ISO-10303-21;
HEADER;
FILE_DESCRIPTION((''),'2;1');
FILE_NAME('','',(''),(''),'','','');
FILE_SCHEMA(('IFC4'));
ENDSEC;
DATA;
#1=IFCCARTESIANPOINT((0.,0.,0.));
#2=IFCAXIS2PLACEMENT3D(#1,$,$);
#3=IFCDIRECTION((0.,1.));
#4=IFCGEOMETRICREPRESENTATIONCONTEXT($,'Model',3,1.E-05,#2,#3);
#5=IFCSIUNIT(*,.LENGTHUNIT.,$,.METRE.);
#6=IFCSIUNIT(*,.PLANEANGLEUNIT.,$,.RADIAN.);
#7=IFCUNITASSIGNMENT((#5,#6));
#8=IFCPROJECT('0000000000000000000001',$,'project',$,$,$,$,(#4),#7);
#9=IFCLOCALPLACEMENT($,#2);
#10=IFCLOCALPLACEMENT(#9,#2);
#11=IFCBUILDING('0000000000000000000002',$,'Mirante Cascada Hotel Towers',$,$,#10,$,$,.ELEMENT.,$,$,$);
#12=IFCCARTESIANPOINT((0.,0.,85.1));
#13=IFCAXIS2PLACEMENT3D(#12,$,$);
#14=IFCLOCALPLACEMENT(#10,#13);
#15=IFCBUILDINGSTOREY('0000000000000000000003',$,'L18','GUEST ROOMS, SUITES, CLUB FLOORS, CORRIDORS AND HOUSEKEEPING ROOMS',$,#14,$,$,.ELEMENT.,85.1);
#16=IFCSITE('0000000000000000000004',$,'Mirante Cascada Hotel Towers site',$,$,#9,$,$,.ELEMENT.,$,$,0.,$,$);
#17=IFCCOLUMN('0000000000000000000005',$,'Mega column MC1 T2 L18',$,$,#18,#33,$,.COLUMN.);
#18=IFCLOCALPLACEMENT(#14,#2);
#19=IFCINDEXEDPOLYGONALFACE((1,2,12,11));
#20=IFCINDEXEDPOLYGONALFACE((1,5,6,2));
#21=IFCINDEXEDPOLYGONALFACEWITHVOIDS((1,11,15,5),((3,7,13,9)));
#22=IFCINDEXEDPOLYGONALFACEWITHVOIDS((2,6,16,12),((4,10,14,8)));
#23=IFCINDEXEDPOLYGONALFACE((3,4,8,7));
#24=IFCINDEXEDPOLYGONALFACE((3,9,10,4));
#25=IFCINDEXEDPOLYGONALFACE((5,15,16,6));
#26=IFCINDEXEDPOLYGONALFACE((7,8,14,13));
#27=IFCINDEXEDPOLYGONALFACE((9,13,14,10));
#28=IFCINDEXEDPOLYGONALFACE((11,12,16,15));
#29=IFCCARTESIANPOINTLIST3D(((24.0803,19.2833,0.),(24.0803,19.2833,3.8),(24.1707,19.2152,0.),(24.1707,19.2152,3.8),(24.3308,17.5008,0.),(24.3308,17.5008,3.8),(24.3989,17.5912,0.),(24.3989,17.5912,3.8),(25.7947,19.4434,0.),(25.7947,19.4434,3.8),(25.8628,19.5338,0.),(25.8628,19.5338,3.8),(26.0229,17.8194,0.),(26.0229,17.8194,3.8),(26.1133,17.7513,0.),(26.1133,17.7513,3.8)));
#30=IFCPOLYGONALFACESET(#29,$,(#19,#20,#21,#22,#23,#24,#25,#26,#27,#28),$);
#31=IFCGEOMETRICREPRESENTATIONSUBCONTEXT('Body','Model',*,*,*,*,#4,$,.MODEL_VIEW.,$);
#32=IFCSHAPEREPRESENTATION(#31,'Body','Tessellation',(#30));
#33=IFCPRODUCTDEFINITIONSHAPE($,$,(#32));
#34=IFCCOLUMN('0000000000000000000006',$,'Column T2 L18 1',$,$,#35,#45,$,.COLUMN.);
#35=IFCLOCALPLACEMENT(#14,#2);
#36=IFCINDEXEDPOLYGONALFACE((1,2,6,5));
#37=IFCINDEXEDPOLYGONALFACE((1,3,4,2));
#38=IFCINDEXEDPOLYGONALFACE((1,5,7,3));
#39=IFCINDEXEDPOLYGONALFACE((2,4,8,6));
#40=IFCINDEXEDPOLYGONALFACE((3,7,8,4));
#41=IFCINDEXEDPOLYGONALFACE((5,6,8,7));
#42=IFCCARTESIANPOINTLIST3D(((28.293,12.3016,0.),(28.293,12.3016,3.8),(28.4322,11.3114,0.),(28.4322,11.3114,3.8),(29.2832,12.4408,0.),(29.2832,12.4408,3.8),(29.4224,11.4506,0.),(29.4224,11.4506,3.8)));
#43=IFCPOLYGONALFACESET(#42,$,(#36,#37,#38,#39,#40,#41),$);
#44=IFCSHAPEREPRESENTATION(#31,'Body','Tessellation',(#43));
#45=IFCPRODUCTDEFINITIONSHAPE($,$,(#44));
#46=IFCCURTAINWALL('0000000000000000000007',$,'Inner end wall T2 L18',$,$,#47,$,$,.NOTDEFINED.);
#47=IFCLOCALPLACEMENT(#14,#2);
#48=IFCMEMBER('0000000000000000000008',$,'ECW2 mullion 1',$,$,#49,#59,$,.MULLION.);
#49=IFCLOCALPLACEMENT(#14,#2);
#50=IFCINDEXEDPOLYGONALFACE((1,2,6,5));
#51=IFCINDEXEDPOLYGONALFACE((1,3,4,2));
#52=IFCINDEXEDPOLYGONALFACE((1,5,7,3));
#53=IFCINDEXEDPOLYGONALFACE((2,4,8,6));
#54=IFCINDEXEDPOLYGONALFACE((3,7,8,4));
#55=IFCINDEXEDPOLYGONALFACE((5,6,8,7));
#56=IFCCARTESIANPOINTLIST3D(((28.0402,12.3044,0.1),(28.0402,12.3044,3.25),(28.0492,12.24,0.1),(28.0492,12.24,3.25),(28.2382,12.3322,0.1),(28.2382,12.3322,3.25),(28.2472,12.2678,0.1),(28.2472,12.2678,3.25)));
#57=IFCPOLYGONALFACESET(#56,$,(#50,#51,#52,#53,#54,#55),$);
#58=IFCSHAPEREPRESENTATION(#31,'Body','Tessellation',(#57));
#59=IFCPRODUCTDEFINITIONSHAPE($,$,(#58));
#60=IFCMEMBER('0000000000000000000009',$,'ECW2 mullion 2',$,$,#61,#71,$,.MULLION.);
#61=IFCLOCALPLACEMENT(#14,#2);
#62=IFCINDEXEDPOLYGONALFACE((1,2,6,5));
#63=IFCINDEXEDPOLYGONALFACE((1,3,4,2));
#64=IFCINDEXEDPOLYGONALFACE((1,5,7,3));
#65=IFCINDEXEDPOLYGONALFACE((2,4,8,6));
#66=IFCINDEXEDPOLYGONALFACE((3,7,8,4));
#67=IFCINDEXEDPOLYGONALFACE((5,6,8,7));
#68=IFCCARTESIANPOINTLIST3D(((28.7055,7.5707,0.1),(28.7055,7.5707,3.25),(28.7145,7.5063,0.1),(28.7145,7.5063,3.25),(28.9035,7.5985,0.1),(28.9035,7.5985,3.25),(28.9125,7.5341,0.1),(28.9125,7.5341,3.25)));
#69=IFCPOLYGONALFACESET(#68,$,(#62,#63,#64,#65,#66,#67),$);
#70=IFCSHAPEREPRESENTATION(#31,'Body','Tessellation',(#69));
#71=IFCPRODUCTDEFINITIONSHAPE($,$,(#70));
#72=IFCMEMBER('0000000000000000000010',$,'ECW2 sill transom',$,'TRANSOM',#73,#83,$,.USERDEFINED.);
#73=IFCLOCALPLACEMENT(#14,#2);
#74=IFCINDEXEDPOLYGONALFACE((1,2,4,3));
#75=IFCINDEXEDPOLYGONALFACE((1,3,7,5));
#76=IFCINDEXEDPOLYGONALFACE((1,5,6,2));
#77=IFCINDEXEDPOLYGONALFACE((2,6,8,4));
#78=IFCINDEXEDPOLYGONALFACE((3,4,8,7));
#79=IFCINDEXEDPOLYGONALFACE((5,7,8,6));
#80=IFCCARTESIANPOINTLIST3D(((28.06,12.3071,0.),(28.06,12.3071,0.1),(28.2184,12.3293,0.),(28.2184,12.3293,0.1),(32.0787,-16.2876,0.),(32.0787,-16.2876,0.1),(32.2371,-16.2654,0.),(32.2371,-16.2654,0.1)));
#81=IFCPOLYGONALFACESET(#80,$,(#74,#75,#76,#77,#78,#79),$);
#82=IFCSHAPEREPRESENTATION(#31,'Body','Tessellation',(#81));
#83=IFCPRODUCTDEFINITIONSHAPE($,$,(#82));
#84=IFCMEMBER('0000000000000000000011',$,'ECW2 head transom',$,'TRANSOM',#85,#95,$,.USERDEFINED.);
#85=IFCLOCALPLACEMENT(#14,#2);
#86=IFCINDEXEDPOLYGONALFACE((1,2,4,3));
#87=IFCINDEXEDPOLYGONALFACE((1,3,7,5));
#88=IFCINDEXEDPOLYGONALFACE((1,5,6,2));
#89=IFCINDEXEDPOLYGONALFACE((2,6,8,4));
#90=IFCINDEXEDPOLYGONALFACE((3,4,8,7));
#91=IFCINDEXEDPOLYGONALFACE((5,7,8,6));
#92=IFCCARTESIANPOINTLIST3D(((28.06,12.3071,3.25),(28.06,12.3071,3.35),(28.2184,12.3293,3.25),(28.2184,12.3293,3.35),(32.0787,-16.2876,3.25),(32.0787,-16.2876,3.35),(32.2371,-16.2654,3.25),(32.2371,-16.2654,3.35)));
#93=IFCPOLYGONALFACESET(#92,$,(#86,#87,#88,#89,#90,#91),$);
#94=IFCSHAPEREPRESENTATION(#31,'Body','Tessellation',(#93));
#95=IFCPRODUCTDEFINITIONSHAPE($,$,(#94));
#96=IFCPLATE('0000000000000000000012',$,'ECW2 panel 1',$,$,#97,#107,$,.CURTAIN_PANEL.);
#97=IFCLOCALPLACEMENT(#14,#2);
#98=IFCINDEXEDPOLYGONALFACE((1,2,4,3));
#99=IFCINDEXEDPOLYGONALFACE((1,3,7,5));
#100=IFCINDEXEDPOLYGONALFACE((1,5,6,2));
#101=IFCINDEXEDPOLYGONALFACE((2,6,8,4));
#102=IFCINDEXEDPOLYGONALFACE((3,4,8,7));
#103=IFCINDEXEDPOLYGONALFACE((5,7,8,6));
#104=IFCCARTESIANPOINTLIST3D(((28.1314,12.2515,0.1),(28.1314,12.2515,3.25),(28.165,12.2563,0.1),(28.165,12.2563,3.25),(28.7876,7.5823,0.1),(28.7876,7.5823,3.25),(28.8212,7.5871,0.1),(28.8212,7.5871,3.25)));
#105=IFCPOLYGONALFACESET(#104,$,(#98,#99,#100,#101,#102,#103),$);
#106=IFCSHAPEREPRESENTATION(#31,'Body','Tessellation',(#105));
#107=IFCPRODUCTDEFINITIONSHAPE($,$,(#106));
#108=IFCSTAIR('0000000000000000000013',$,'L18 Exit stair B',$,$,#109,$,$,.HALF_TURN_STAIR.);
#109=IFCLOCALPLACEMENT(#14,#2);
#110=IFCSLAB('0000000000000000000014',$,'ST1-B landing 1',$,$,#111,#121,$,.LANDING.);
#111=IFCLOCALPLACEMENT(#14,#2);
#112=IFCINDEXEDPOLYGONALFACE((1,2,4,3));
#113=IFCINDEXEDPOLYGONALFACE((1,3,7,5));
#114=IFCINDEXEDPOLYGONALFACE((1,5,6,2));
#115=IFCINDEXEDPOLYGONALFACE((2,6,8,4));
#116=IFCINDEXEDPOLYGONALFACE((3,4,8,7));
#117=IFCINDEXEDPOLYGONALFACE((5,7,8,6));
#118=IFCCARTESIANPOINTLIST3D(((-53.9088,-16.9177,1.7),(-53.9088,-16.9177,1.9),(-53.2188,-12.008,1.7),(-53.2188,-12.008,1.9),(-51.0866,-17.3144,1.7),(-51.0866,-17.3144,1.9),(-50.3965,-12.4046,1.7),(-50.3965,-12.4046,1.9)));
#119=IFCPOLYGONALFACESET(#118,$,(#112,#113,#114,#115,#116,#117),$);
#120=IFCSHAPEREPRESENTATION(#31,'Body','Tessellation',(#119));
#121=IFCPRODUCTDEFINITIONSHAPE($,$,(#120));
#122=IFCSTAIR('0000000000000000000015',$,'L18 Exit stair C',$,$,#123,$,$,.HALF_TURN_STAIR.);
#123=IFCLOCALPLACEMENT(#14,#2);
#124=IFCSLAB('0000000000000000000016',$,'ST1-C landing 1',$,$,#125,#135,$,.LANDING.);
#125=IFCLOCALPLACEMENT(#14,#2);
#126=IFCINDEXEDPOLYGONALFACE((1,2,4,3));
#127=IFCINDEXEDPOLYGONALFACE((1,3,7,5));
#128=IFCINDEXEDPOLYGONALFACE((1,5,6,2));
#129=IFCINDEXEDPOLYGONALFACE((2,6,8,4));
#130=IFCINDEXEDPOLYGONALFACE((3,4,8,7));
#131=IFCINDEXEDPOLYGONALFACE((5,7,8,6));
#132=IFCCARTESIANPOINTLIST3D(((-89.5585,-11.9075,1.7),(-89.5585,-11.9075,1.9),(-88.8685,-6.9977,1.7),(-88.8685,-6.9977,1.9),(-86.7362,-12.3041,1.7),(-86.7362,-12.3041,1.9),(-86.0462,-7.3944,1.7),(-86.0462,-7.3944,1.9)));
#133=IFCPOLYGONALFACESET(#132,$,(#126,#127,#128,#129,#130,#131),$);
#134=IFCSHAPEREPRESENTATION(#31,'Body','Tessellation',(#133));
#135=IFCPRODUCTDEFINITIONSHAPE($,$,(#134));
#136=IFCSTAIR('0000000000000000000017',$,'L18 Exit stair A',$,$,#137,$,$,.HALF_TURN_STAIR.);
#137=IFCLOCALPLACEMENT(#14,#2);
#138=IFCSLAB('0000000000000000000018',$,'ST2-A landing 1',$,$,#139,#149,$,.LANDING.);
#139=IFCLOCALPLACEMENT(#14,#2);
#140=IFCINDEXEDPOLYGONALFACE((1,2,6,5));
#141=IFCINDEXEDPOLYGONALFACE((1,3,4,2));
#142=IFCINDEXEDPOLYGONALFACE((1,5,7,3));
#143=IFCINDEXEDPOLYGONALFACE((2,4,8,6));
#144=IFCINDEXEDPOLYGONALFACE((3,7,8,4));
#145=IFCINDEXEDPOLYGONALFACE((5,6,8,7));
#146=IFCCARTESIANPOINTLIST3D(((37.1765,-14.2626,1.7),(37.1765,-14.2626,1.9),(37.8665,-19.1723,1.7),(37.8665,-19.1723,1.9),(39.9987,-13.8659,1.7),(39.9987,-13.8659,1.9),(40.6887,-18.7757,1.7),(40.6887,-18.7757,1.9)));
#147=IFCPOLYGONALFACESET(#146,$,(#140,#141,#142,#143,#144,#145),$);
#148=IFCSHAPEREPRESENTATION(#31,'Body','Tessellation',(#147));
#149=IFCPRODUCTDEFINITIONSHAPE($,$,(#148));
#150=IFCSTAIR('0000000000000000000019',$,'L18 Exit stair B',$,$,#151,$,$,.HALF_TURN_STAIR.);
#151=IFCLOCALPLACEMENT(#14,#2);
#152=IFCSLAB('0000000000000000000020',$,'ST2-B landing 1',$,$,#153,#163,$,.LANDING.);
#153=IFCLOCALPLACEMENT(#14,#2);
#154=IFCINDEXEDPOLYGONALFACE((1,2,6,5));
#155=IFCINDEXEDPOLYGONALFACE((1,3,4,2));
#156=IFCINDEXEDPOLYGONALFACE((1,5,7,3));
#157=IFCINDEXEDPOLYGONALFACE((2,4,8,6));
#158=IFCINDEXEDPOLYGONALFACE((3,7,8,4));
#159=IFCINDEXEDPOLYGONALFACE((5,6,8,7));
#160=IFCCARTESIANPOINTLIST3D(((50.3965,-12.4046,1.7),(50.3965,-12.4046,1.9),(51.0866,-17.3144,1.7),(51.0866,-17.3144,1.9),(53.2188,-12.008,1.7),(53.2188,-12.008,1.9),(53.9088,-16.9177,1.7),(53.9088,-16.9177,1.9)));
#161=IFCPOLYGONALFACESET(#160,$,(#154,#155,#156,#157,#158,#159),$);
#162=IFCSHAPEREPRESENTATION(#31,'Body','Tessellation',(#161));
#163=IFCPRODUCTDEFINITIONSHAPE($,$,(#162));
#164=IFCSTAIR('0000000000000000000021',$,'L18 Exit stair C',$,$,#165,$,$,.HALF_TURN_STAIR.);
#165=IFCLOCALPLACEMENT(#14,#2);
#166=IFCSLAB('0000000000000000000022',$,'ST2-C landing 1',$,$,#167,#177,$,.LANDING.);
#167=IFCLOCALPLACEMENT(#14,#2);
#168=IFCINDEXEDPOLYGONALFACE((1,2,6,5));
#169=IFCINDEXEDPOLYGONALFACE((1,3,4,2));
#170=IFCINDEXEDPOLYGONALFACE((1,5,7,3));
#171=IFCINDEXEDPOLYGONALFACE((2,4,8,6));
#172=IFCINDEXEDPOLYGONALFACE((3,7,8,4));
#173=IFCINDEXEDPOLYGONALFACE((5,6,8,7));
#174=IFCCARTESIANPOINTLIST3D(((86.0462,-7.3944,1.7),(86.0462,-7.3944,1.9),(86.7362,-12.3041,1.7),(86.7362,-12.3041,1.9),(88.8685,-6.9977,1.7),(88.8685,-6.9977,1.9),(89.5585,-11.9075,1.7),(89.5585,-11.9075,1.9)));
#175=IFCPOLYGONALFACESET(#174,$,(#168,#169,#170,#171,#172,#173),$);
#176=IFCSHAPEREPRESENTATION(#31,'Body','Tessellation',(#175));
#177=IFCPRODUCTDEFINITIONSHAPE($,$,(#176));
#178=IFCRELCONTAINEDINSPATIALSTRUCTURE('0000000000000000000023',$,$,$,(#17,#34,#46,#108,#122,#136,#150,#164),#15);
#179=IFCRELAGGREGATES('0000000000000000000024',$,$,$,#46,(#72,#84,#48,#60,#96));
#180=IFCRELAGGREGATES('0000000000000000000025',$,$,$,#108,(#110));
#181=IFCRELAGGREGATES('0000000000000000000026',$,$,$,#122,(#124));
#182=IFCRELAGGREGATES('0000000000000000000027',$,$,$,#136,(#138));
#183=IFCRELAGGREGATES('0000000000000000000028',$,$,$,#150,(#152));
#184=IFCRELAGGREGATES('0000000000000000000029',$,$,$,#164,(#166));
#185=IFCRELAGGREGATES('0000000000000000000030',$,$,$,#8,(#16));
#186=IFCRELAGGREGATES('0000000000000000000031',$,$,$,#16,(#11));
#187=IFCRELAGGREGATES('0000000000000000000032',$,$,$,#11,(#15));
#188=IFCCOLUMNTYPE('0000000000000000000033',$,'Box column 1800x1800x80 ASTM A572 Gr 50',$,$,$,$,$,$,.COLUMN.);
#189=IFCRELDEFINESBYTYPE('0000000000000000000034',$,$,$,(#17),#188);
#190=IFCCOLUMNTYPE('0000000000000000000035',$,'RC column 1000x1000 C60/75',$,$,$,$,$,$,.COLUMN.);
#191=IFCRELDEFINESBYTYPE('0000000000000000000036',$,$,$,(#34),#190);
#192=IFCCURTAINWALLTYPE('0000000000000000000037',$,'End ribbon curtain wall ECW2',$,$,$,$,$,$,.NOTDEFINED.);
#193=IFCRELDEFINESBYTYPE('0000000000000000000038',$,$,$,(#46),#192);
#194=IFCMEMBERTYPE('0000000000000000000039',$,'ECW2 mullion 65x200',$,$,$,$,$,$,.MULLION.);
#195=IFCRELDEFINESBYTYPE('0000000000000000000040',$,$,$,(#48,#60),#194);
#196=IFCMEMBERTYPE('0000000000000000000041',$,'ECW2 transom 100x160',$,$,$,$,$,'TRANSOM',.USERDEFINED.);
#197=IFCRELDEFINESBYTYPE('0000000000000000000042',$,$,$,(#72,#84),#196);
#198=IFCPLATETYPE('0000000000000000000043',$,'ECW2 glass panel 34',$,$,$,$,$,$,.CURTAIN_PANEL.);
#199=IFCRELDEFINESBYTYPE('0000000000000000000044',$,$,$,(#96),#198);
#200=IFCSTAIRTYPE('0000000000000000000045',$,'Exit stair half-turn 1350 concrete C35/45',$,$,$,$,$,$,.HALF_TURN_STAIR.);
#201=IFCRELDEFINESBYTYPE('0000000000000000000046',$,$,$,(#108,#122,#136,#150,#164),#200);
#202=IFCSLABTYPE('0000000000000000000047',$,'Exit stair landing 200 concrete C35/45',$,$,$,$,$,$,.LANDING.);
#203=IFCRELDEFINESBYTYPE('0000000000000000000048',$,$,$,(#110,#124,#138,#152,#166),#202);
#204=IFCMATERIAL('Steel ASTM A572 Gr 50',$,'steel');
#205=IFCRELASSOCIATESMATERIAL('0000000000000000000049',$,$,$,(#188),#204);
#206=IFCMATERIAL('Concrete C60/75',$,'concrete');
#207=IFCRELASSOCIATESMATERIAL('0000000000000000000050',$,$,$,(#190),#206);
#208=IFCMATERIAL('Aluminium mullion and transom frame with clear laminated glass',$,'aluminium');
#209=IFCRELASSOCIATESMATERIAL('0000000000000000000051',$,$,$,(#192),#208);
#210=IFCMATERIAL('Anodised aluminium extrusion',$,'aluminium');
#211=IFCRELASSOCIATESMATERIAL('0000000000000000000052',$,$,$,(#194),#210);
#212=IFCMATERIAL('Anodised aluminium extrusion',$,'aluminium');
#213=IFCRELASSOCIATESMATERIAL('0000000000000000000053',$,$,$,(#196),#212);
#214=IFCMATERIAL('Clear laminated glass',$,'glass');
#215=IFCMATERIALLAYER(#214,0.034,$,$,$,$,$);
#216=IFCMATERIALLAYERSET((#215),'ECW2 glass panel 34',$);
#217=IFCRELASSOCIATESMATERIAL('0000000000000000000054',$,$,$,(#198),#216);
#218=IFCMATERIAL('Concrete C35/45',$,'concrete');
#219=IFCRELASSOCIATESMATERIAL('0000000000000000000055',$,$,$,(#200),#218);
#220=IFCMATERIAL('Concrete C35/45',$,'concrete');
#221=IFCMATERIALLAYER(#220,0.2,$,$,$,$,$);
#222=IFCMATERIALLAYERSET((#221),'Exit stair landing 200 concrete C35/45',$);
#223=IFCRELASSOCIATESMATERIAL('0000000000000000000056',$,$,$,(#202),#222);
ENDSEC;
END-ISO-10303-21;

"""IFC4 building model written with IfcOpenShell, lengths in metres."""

from ifc_helpers import new_model, si_unit, direction, frame, origin, origin_2d, place, context, subcontext, project, spatial, polyline, rectangle, hollow_rectangle, outline, extrude, material, layer, layer_set, material_profile, profile_set, type_object, element, aggregate, save


model = new_model("IFC4")

# Units and contexts
model_context = context("Model", 3, precision=1e-05, world=origin(), true_north=direction((0.0, 1.0)))
body_context = subcontext(model_context, "Body", "Model", "MODEL_VIEW")
ifc_project = project(units=[si_unit("LENGTHUNIT", "METRE"), si_unit("PLANEANGLEUNIT", "RADIAN")], contexts=[model_context])

# Site, building, storey
site_placement = place(None, origin())
site = spatial("IfcSite", under=ifc_project, at=site_placement, Name="Mirante Cascada Hotel Towers site", CompositionType="ELEMENT", RefElevation=0.0)
building_placement = place(site_placement, origin())
building = spatial("IfcBuilding", under=site, at=building_placement, Name="Mirante Cascada Hotel Towers", CompositionType="ELEMENT")
storey_placement = place(building_placement, frame((0.0, 0.0, 85.1)))
storey = spatial("IfcBuildingStorey", under=building, at=storey_placement, Name="L18", Description="GUEST ROOMS, SUITES, CLUB FLOORS, CORRIDORS AND HOUSEKEEPING ROOMS", CompositionType="ELEMENT", Elevation=85.1)

# Columns
ifc_material_1 = material(Name="Steel ASTM A572 Gr 50", Category="steel")
ifc_material_profile_1 = material_profile(ifc_material_1, hollow_rectangle(XDim=1.8, YDim=1.8, WallThickness=0.08, at=origin_2d()), Name="Box column 1800x1800x80 ASTM A572 Gr 50")
ifc_profile_set_1 = profile_set([ifc_material_profile_1], Name="Steel ASTM A572 Gr 50")
column_type_1 = type_object("IfcColumnType", Name="Box column 1800x1800x80 ASTM A572 Gr 50", PredefinedType="COLUMN", material=ifc_profile_set_1)
column_1_placement = place(storey_placement, frame((25.0968, 18.5173, 0.0), z_axis=(0.0, 0.0, 1.0), x_axis=(0.990268, 0.139173, 0.0)))
element("IfcColumn", 1, at=column_1_placement, inside=storey, type_object=column_type_1, Name="Mega column MC1 T2 L18", PredefinedType="COLUMN", context=body_context, shape_type="SweptSolid", body=[
    extrude(hollow_rectangle(XDim=1.8, YDim=1.8, WallThickness=0.08, at=origin_2d()), origin(), (0.0, 0.0, 1.0), 3.8),
])
ifc_material_2 = material(Name="Concrete C60/75", Category="concrete")
ifc_material_profile_2 = material_profile(ifc_material_2, rectangle(XDim=1.0, YDim=1.0, at=origin_2d()), Name="RC column 1000x1000 C60/75")
ifc_profile_set_2 = profile_set([ifc_material_profile_2], Name="Concrete C60/75")
column_type_2 = type_object("IfcColumnType", Name="RC column 1000x1000 C60/75", PredefinedType="COLUMN", material=ifc_profile_set_2)
column_2_placement = place(storey_placement, frame((28.8577, 11.8761, 0.0), z_axis=(0.0, 0.0, 1.0), x_axis=(0.990268, 0.139173, 0.0)))
element("IfcColumn", 2, at=column_2_placement, inside=storey, type_object=column_type_2, Name="Column T2 L18 1", PredefinedType="COLUMN", context=body_context, shape_type="SweptSolid", body=[
    extrude(rectangle(XDim=1.0, YDim=1.0, at=origin_2d()), origin(), (0.0, 0.0, 1.0), 3.8),
])

# Curtain wall, members, plate
ifc_material_3 = material(Name="Aluminium mullion and transom frame with clear laminated glass", Category="aluminium")
curtain_wall_type = type_object("IfcCurtainWallType", Name="End ribbon curtain wall ECW2", PredefinedType="NOTDEFINED", material=ifc_material_3)
curtain_wall_placement = place(storey_placement, origin())
curtain_wall = element("IfcCurtainWall", 3, at=curtain_wall_placement, inside=storey, type_object=curtain_wall_type, Name="Inner end wall T2 L18", PredefinedType="NOTDEFINED")
ifc_material_4 = material(Name="Anodised aluminium extrusion", Category="aluminium")
ifc_material_profile_3 = material_profile(ifc_material_4, rectangle(XDim=0.2, YDim=0.065, at=origin_2d()), Name="ECW2 MULLION 65x200")
ifc_profile_set_3 = profile_set([ifc_material_profile_3], Name="Anodised aluminium extrusion")
member_type_1 = type_object("IfcMemberType", Name="ECW2 mullion 65x200", PredefinedType="MULLION", material=ifc_profile_set_3)
member_1_placement = place(storey_placement, frame((28.1437, 12.2861, 0.1), z_axis=(0.0, 0.0, 1.0), x_axis=(0.990268, 0.139173, 0.0)))
member_1 = element("IfcMember", 4, at=member_1_placement, type_object=member_type_1, Name="ECW2 mullion 1", PredefinedType="MULLION", context=body_context, shape_type="SweptSolid", body=[
    extrude(rectangle(XDim=0.2, YDim=0.065, at=origin_2d()), origin(), (0.0, 0.0, 1.0), 3.15),
])
member_2_placement = place(storey_placement, frame((28.809, 7.5524, 0.1), z_axis=(0.0, 0.0, 1.0), x_axis=(0.990268, 0.139173, 0.0)))
member_2 = element("IfcMember", 5, at=member_2_placement, type_object=member_type_1, Name="ECW2 mullion 2", PredefinedType="MULLION", context=body_context, shape_type="SweptSolid", body=[
    extrude(rectangle(XDim=0.2, YDim=0.065, at=origin_2d()), origin(), (0.0, 0.0, 1.0), 3.15),
])
ifc_material_5 = material(Name="Anodised aluminium extrusion", Category="aluminium")
ifc_material_profile_4 = material_profile(ifc_material_5, rectangle(XDim=0.16, YDim=0.1, at=origin_2d()), Name="ECW2 TRANSOM 100x160")
ifc_profile_set_4 = profile_set([ifc_material_profile_4], Name="Anodised aluminium extrusion")
member_type_2 = type_object("IfcMemberType", Name="ECW2 transom 100x160", ElementType="TRANSOM", PredefinedType="USERDEFINED", material=ifc_profile_set_4)
member_3_placement = place(storey_placement, frame((28.1392, 12.3182, 0.05), z_axis=(0.139172, -0.990268, 0.0), x_axis=(0.990268, 0.139172, 0.0)))
member_3 = element("IfcMember", 6, at=member_3_placement, type_object=member_type_2, Name="ECW2 sill transom", ObjectType="TRANSOM", PredefinedType="USERDEFINED", context=body_context, shape_type="SweptSolid", body=[
    extrude(rectangle(XDim=0.16, YDim=0.1, at=origin_2d()), origin(), (0.0, 0.0, 1.0), 28.8757),
])
member_4_placement = place(storey_placement, frame((28.1392, 12.3182, 3.3), z_axis=(0.139172, -0.990268, 0.0), x_axis=(0.990268, 0.139172, 0.0)))
member_4 = element("IfcMember", 7, at=member_4_placement, type_object=member_type_2, Name="ECW2 head transom", ObjectType="TRANSOM", PredefinedType="USERDEFINED", context=body_context, shape_type="SweptSolid", body=[
    extrude(rectangle(XDim=0.16, YDim=0.1, at=origin_2d()), origin(), (0.0, 0.0, 1.0), 28.8757),
])
ifc_material_6 = material(Name="Clear laminated glass", Category="glass")
ifc_layer_1 = layer(ifc_material_6, 0.034)
ifc_layer_set_1 = layer_set([ifc_layer_1], Name="ECW2 glass panel 34")
plate_type = type_object("IfcPlateType", Name="ECW2 glass panel 34", PredefinedType="CURTAIN_PANEL", material=ifc_layer_set_1)
plate_placement = place(storey_placement, frame((28.4763, 9.9193, 0.1), z_axis=(0.0, 0.0, 1.0), x_axis=(0.139173, -0.990268, 0.0)))
plate = element("IfcPlate", 8, at=plate_placement, type_object=plate_type, Name="ECW2 panel 1", PredefinedType="CURTAIN_PANEL", context=body_context, shape_type="SweptSolid", body=[
    extrude(rectangle(XDim=4.7151, YDim=0.034, at=origin_2d()), origin(), (0.0, 0.0, 1.0), 3.15),
])
aggregate(curtain_wall, [member_3, member_4, member_1, member_2, plate])

# Stairs, slabs
ifc_material_7 = material(Name="Concrete C35/45", Category="concrete")
stair_type = type_object("IfcStairType", Name="Exit stair half-turn 1350 concrete C35/45", PredefinedType="HALF_TURN_STAIR", material=ifc_material_7)
stair_1_placement = place(storey_placement, origin())
stair_1 = element("IfcStair", 9, at=stair_1_placement, inside=storey, type_object=stair_type, Name="L18 Exit stair B", PredefinedType="HALF_TURN_STAIR")
ifc_material_8 = material(Name="Concrete C35/45", Category="concrete")
ifc_layer_2 = layer(ifc_material_8, 0.2)
ifc_layer_set_2 = layer_set([ifc_layer_2], Name="Exit stair landing 200 concrete C35/45")
slab_type = type_object("IfcSlabType", Name="Exit stair landing 200 concrete C35/45", PredefinedType="LANDING", material=ifc_layer_set_2)
slab_1_placement = place(storey_placement, frame((0.0, 0.0, 1.7)))
slab_1 = element("IfcSlab", 10, at=slab_1_placement, type_object=slab_type, Name="ST1-B landing 1", PredefinedType="LANDING", context=body_context, shape_type="SweptSolid", body=[
    extrude(outline(polyline([(-53.2188, -12.008), (-53.9088, -16.9177), (-51.0866, -17.3144), (-50.3965, -12.4046), (-53.2188, -12.008)])), origin(), (0.0, 0.0, 1.0), 0.2),
])
aggregate(stair_1, [slab_1])
stair_2_placement = place(storey_placement, origin())
stair_2 = element("IfcStair", 11, at=stair_2_placement, inside=storey, type_object=stair_type, Name="L18 Exit stair C", PredefinedType="HALF_TURN_STAIR")
slab_2_placement = place(storey_placement, frame((0.0, 0.0, 1.7)))
slab_2 = element("IfcSlab", 12, at=slab_2_placement, type_object=slab_type, Name="ST1-C landing 1", PredefinedType="LANDING", context=body_context, shape_type="SweptSolid", body=[
    extrude(outline(polyline([(-88.8685, -6.9977), (-89.5585, -11.9075), (-86.7362, -12.3041), (-86.0462, -7.3944), (-88.8685, -6.9977)])), origin(), (0.0, 0.0, 1.0), 0.2),
])
aggregate(stair_2, [slab_2])
stair_3_placement = place(storey_placement, origin())
stair_3 = element("IfcStair", 13, at=stair_3_placement, inside=storey, type_object=stair_type, Name="L18 Exit stair A", PredefinedType="HALF_TURN_STAIR")
slab_3_placement = place(storey_placement, frame((0.0, 0.0, 1.7)))
slab_3 = element("IfcSlab", 14, at=slab_3_placement, type_object=slab_type, Name="ST2-A landing 1", PredefinedType="LANDING", context=body_context, shape_type="SweptSolid", body=[
    extrude(outline(polyline([(37.1765, -14.2626), (37.8665, -19.1723), (40.6887, -18.7757), (39.9987, -13.8659), (37.1765, -14.2626)])), origin(), (0.0, 0.0, 1.0), 0.2),
])
aggregate(stair_3, [slab_3])
stair_4_placement = place(storey_placement, origin())
stair_4 = element("IfcStair", 15, at=stair_4_placement, inside=storey, type_object=stair_type, Name="L18 Exit stair B", PredefinedType="HALF_TURN_STAIR")
slab_4_placement = place(storey_placement, frame((0.0, 0.0, 1.7)))
slab_4 = element("IfcSlab", 16, at=slab_4_placement, type_object=slab_type, Name="ST2-B landing 1", PredefinedType="LANDING", context=body_context, shape_type="SweptSolid", body=[
    extrude(outline(polyline([(50.3965, -12.4046), (51.0866, -17.3144), (53.9088, -16.9177), (53.2188, -12.008), (50.3965, -12.4046)])), origin(), (0.0, 0.0, 1.0), 0.2),
])
aggregate(stair_4, [slab_4])
stair_5_placement = place(storey_placement, origin())
stair_5 = element("IfcStair", 17, at=stair_5_placement, inside=storey, type_object=stair_type, Name="L18 Exit stair C", PredefinedType="HALF_TURN_STAIR")
slab_5_placement = place(storey_placement, frame((0.0, 0.0, 1.7)))
slab_5 = element("IfcSlab", 18, at=slab_5_placement, type_object=slab_type, Name="ST2-C landing 1", PredefinedType="LANDING", context=body_context, shape_type="SweptSolid", body=[
    extrude(outline(polyline([(86.0462, -7.3944), (86.7362, -12.3041), (89.5585, -11.9075), (88.8685, -6.9977), (86.0462, -7.3944)])), origin(), (0.0, 0.0, 1.0), 0.2),
])
aggregate(stair_5, [slab_5])

save(model, "model.ifc")
